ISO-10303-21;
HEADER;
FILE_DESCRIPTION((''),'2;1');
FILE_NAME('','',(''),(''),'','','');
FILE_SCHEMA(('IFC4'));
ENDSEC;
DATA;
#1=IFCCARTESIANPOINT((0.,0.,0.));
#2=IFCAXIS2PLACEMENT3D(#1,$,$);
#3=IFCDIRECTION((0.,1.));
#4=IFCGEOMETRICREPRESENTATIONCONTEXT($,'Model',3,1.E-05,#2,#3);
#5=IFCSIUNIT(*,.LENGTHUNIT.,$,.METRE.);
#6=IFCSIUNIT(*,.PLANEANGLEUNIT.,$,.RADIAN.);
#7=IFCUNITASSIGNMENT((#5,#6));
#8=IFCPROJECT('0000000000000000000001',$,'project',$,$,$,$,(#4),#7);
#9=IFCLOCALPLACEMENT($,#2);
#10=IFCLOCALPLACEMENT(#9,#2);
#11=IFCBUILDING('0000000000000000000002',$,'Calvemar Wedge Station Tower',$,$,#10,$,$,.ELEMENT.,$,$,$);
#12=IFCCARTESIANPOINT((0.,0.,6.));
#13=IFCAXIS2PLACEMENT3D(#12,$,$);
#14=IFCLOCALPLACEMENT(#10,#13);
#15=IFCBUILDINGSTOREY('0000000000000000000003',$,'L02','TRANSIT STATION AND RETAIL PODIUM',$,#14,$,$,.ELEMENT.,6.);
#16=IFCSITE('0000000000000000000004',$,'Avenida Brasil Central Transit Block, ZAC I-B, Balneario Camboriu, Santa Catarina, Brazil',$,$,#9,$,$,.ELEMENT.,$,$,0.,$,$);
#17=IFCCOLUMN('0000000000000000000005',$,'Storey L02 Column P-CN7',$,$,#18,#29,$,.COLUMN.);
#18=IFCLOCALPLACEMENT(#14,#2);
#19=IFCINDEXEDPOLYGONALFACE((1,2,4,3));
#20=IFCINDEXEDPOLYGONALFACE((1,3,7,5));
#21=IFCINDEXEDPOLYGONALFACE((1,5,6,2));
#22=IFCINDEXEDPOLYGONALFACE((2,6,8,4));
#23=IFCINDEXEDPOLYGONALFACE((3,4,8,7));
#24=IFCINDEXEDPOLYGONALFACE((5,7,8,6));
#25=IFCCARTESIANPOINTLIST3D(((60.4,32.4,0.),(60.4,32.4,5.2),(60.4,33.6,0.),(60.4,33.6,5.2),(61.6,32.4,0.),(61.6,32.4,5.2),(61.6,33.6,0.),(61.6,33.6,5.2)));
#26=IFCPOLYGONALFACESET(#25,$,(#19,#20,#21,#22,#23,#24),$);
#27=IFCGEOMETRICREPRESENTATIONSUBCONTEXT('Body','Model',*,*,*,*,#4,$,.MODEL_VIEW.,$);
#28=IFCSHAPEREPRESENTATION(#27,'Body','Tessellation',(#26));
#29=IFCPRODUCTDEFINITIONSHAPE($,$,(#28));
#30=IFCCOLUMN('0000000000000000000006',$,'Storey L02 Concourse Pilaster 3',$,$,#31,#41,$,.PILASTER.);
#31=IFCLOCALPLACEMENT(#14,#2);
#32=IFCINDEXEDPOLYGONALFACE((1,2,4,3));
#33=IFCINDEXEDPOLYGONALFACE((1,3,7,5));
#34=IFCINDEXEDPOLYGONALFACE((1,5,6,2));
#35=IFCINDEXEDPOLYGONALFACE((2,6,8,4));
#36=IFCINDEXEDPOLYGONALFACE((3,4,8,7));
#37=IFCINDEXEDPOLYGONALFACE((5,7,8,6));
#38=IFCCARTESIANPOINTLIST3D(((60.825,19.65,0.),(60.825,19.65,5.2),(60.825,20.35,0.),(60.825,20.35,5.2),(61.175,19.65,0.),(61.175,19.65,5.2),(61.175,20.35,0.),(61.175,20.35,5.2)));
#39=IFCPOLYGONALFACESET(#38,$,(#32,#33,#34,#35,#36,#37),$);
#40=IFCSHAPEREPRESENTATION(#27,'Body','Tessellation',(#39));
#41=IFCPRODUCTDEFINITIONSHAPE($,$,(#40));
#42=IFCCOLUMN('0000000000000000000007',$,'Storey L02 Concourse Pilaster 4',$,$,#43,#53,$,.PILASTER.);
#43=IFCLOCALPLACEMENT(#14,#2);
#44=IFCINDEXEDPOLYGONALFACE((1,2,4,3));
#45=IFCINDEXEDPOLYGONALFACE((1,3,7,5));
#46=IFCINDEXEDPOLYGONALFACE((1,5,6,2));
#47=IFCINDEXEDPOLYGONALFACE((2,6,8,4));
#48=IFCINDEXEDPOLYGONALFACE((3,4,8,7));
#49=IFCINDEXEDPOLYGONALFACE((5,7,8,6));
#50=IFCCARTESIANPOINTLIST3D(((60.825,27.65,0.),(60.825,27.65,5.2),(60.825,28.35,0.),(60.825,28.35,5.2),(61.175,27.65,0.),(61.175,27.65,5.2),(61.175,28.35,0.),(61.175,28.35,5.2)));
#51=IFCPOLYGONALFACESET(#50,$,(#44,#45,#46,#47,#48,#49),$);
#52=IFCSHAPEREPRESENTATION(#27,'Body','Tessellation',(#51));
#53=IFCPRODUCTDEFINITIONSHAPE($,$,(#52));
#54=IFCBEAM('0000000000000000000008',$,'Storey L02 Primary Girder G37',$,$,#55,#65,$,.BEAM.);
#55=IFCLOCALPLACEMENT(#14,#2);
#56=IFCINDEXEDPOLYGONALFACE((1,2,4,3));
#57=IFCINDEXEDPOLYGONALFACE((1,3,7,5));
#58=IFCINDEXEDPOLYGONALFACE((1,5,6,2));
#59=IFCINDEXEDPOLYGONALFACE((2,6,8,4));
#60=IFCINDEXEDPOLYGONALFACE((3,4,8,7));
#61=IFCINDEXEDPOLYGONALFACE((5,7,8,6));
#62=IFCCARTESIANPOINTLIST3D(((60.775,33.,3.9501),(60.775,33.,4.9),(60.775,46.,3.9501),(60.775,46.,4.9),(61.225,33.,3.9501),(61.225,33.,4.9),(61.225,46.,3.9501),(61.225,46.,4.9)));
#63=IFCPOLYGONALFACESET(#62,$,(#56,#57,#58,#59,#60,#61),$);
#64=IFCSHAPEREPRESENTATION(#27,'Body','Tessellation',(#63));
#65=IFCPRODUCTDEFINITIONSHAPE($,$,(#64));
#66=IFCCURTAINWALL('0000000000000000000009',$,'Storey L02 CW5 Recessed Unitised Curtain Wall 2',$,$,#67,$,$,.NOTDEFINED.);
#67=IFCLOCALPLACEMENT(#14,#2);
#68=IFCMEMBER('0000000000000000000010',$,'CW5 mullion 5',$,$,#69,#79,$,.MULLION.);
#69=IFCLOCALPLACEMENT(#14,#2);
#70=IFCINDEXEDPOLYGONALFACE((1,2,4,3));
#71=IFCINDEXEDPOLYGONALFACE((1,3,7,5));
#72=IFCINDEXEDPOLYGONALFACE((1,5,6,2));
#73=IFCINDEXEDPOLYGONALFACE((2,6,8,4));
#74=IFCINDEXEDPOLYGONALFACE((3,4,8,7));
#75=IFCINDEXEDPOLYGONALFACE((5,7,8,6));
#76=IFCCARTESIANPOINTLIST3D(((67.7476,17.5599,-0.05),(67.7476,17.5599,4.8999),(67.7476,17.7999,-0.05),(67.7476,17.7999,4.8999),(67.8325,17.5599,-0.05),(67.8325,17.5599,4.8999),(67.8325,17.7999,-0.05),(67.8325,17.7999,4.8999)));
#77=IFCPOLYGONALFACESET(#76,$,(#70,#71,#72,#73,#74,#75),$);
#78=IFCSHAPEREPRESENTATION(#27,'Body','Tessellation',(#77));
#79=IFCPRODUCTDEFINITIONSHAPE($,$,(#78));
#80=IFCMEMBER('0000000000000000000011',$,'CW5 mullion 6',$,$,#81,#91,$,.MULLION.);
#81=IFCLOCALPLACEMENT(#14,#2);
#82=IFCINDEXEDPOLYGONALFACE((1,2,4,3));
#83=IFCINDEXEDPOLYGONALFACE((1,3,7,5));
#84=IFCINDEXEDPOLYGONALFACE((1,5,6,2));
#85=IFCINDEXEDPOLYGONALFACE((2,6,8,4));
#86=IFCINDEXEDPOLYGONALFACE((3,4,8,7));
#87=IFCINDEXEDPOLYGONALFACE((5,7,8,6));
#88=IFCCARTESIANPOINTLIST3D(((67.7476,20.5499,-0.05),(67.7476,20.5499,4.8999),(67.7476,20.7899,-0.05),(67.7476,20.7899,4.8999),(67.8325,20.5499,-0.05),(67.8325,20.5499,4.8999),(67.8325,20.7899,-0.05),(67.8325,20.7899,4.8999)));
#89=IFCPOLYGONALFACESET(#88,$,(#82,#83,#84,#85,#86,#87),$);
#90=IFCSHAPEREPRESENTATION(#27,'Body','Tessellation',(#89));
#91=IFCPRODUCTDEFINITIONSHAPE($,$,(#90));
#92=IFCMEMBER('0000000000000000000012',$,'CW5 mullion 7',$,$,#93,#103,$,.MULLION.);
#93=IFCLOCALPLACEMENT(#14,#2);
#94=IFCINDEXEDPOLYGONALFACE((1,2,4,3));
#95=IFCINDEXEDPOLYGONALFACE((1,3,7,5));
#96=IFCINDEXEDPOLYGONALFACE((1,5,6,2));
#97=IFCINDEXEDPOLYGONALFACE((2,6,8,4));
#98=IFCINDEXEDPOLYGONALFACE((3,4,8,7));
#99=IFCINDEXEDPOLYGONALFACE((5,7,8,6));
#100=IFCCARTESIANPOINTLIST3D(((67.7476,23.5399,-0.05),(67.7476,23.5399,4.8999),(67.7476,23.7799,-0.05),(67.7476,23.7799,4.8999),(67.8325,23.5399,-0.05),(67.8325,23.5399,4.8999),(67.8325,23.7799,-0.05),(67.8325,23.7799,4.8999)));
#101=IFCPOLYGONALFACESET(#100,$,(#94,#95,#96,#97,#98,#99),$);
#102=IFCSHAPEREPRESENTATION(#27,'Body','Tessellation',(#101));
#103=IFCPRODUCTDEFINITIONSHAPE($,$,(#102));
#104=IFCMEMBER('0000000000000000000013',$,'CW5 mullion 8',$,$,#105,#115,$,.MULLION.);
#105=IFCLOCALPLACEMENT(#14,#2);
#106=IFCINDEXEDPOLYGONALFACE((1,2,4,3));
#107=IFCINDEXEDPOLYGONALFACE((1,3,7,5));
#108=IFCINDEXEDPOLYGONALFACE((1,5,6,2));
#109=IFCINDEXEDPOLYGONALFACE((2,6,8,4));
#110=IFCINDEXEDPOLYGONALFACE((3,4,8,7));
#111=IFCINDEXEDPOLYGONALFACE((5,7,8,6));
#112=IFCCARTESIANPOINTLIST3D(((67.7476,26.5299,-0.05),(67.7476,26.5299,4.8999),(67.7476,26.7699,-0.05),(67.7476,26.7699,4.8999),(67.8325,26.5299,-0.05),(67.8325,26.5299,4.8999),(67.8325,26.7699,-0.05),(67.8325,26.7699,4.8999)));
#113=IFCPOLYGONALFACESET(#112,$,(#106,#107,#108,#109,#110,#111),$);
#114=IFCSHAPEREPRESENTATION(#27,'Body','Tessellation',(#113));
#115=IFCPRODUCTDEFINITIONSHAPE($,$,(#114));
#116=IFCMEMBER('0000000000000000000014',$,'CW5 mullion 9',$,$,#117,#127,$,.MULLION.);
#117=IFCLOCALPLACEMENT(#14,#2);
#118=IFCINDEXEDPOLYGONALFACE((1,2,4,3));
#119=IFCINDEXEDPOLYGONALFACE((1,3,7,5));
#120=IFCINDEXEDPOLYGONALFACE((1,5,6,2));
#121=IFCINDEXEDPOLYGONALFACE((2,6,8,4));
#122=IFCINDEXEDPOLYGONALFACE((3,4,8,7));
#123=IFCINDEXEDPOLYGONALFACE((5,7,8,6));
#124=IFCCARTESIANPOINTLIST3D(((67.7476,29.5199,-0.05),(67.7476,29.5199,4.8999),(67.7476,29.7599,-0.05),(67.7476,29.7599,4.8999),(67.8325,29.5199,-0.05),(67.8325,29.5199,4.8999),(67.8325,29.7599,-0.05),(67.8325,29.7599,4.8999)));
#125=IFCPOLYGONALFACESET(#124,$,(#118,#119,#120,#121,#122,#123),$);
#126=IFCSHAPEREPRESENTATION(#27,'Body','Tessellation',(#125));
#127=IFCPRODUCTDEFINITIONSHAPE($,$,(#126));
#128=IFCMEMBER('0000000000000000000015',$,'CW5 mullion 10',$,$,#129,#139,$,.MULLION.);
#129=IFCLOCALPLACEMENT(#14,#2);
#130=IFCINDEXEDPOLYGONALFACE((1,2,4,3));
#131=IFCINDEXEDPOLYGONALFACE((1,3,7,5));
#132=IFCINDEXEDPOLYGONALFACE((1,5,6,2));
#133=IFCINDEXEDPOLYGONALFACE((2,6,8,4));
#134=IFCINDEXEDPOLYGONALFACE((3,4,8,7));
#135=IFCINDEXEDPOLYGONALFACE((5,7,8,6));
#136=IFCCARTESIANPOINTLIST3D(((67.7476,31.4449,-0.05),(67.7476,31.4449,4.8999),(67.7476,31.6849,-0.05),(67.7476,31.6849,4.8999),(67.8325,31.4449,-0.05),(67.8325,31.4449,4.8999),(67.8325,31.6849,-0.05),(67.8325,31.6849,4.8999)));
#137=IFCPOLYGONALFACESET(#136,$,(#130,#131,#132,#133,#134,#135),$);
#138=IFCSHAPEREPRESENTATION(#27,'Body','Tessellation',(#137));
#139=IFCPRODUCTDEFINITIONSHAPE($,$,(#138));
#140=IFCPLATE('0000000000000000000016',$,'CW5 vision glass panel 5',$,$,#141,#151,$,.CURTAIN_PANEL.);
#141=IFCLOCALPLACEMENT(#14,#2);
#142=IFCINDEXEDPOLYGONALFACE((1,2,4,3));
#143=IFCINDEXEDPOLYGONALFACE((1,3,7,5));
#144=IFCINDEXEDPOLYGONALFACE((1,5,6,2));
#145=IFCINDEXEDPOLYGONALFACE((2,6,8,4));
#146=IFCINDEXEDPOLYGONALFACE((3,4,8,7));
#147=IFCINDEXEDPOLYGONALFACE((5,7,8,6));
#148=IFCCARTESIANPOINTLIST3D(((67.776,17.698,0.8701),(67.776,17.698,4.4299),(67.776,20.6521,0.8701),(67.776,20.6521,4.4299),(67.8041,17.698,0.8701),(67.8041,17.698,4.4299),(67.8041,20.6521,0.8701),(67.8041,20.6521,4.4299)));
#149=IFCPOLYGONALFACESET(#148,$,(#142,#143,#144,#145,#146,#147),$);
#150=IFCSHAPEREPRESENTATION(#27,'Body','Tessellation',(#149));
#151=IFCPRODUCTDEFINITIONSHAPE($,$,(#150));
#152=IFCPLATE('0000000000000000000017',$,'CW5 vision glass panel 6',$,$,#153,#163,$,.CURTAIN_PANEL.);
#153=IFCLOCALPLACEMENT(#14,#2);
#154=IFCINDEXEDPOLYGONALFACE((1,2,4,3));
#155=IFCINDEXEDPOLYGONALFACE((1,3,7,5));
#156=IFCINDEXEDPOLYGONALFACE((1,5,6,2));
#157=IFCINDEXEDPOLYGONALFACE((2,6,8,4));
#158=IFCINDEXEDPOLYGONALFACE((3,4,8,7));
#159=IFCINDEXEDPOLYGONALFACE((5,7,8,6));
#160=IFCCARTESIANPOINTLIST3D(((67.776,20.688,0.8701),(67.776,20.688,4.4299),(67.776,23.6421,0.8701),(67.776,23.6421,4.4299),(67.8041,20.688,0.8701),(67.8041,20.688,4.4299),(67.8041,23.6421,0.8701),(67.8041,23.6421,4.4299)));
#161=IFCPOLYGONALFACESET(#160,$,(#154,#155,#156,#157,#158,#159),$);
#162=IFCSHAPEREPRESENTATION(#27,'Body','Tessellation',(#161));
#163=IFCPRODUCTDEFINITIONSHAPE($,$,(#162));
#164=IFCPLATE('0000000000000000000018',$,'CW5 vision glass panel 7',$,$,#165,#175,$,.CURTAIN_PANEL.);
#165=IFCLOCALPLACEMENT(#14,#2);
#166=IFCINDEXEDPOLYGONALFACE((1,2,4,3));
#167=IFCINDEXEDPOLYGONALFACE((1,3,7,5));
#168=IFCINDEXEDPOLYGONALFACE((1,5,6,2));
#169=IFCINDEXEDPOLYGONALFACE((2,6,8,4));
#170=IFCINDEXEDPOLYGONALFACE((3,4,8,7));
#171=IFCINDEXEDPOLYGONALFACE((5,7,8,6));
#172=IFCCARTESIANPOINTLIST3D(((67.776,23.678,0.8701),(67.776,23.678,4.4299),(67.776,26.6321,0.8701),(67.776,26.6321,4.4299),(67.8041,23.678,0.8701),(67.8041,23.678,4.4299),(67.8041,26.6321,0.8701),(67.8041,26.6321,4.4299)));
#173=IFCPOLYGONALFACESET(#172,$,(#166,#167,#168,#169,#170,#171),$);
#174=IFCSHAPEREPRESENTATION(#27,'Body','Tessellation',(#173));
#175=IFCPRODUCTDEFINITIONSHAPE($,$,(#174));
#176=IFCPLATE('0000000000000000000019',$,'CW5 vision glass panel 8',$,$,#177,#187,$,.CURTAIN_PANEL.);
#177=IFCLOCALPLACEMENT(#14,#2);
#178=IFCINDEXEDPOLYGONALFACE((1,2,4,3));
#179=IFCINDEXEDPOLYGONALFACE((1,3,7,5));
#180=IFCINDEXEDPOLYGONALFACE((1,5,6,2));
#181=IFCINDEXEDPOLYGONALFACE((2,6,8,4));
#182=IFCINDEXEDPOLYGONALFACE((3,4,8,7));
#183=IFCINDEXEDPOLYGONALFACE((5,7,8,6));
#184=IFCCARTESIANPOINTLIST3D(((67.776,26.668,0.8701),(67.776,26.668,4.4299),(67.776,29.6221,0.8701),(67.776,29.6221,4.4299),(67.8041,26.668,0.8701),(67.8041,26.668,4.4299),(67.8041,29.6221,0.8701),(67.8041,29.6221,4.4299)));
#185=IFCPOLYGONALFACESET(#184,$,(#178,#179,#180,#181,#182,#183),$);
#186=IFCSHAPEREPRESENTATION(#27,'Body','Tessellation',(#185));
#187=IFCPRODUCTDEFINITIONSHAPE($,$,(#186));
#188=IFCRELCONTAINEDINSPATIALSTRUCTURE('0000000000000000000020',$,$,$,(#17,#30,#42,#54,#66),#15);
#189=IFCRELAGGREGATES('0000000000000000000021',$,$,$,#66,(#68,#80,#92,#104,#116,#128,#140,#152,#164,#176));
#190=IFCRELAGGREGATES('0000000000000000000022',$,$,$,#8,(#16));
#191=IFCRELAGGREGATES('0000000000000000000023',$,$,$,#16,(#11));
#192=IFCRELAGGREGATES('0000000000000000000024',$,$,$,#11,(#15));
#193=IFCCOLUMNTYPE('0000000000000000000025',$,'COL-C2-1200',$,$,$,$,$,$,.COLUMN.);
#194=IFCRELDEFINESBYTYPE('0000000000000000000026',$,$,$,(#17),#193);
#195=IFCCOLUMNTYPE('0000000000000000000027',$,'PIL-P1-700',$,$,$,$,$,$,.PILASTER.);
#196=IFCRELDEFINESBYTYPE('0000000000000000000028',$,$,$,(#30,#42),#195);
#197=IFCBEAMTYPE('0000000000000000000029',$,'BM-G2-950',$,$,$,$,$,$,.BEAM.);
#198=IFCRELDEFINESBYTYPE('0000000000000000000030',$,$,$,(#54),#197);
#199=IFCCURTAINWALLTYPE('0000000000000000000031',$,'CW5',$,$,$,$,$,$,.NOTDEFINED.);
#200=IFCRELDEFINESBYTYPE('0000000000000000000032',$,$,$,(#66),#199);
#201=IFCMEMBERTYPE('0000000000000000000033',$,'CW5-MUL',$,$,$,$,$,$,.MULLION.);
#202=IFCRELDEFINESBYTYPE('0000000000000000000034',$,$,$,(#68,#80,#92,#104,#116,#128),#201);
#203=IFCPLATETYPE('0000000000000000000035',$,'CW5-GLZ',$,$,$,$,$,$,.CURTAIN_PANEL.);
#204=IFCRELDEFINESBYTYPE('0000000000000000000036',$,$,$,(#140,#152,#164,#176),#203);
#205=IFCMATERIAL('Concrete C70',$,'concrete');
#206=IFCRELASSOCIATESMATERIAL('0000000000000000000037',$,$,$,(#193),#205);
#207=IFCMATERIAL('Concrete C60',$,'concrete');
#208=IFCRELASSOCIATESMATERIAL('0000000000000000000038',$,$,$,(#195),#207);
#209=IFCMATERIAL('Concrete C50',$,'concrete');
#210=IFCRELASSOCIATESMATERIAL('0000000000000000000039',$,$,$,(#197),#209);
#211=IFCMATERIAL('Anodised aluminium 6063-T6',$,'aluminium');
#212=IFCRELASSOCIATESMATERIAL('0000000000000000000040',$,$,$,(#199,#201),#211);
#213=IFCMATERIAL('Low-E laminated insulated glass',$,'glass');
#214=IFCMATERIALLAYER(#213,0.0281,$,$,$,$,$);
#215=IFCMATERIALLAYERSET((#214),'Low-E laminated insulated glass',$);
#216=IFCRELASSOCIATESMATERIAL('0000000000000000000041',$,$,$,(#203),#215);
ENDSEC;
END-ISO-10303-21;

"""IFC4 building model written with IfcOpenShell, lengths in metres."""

from ifc_helpers import new_model, si_unit, direction, frame, frame_2d, origin, origin_2d, place, context, subcontext, project, spatial, rectangle, extrude, source, transform, mapped, material, layer, layer_set, material_profile, profile_set, type_object, element, aggregate, save


model = new_model("IFC4")

# Units and contexts
model_context = context("Model", 3, precision=1e-05, world=origin(), true_north=direction((0.0, 1.0)))
body_context = subcontext(model_context, "Body", "Model", "MODEL_VIEW")
ifc_project = project(units=[si_unit("LENGTHUNIT", "METRE"), si_unit("PLANEANGLEUNIT", "RADIAN")], contexts=[model_context])

# Site, building, storey
site_placement = place(None, origin())
site = spatial("IfcSite", under=ifc_project, at=site_placement, Name="Avenida Brasil Central Transit Block, ZAC I-B, Balneario Camboriu, Santa Catarina, Brazil", CompositionType="ELEMENT", RefElevation=0.0)
building_placement = place(site_placement, origin())
building = spatial("IfcBuilding", under=site, at=building_placement, Name="Calvemar Wedge Station Tower", CompositionType="ELEMENT")
storey_placement = place(building_placement, frame((0.0, 0.0, 6.0)))
storey = spatial("IfcBuildingStorey", under=building, at=storey_placement, Name="L02", Description="TRANSIT STATION AND RETAIL PODIUM", CompositionType="ELEMENT", Elevation=6.0)

# Columns
ifc_material_1 = material(Name="Concrete C70", Category="concrete")
ifc_material_profile_1 = material_profile(ifc_material_1, rectangle(XDim=1.2, YDim=1.2, at=origin_2d()), Name="RC1200x1200")
ifc_profile_set_1 = profile_set([ifc_material_profile_1], Name="Concrete C70")
column_type_1 = type_object("IfcColumnType", Name="COL-C2-1200", PredefinedType="COLUMN", material=ifc_profile_set_1)
shared_shape_1 = source(origin(), body_context, "Body", "SweptSolid", [
    extrude(rectangle(XDim=1.2, YDim=1.2, at=origin_2d()), origin(), (0.0, 0.0, 1.0), 5.2),
])
column_placement = place(storey_placement, frame((61.0, 33.0, 0.0), z_axis=(0.0, 0.0, 1.0), x_axis=(1.0, 0.0, 0.0)))
element("IfcColumn", 1, at=column_placement, inside=storey, type_object=column_type_1, Name="Storey L02 Column P-CN7", PredefinedType="COLUMN", context=body_context, shape_type="MappedRepresentation", body=[
    mapped(shared_shape_1, transform((0.0, 0.0, 0.0), scale=1.0)),
])
ifc_material_2 = material(Name="Concrete C60", Category="concrete")
ifc_material_profile_2 = material_profile(ifc_material_2, rectangle(XDim=0.3501, YDim=0.7, at=origin_2d()), Name="RC350x700")
ifc_profile_set_2 = profile_set([ifc_material_profile_2], Name="Concrete C60")
column_type_2 = type_object("IfcColumnType", Name="PIL-P1-700", PredefinedType="PILASTER", material=ifc_profile_set_2)
shared_shape_2 = source(origin(), body_context, "Body", "SweptSolid", [
    extrude(rectangle(XDim=0.3501, YDim=0.7, at=origin_2d()), origin(), (0.0, 0.0, 1.0), 5.2),
])
for number, where, z_axis, x_axis, name in (
    (2, (61.0, 20.0, 0.0), (0.0, 0.0, 1.0), (1.0, 0.0, 0.0), "Storey L02 Concourse Pilaster 3"),
    (3, (61.0, 28.0, 0.0), (0.0, 0.0, 1.0), (1.0, 0.0, 0.0), "Storey L02 Concourse Pilaster 4"),
):
    element("IfcColumn", number, at=place(storey_placement, frame(where, z_axis=z_axis, x_axis=x_axis)), inside=storey, type_object=column_type_2, Name=name, PredefinedType="PILASTER", context=body_context, shape_type="MappedRepresentation", body=[
        mapped(shared_shape_2, transform((0.0, 0.0, 0.0), scale=1.0)),
    ])

# Beam
ifc_material_3 = material(Name="Concrete C50", Category="concrete")
ifc_material_profile_3 = material_profile(ifc_material_3, rectangle(XDim=0.45, YDim=0.95, at=origin_2d()), Name="RC450x950")
ifc_profile_set_3 = profile_set([ifc_material_profile_3], Name="Concrete C50")
beam_type = type_object("IfcBeamType", Name="BM-G2-950", PredefinedType="BEAM", material=ifc_profile_set_3)
shared_shape_3 = source(origin(), body_context, "Body", "SweptSolid", [
    extrude(rectangle(XDim=0.45, YDim=0.95, at=origin_2d()), origin(), (0.0, 0.0, 1.0), 13.0),
])
beam_placement = place(storey_placement, frame((61.0, 33.0, 4.425), z_axis=(0.0, 1.0, 0.0), x_axis=(-1.0, 0.0, 0.0)))
element("IfcBeam", 4, at=beam_placement, inside=storey, type_object=beam_type, Name="Storey L02 Primary Girder G37", PredefinedType="BEAM", context=body_context, shape_type="MappedRepresentation", body=[
    mapped(shared_shape_3, transform((0.0, 0.0, 0.0), scale=1.0)),
])

# Curtain wall, members, plates
ifc_material_4 = material(Name="Anodised aluminium 6063-T6", Category="aluminium")
curtain_wall_type = type_object("IfcCurtainWallType", Name="CW5", PredefinedType="NOTDEFINED", material=ifc_material_4)
curtain_wall_placement = place(storey_placement, origin())
curtain_wall = element("IfcCurtainWall", 5, at=curtain_wall_placement, inside=storey, type_object=curtain_wall_type, Name="Storey L02 CW5 Recessed Unitised Curtain Wall 2", PredefinedType="NOTDEFINED")
ifc_material_profile_4 = material_profile(ifc_material_4, rectangle(XDim=0.085, YDim=0.24, at=origin_2d()), Name="AL-MUL-85x240")
ifc_profile_set_4 = profile_set([ifc_material_profile_4], Name="Anodised aluminium 6063-T6")
member_type = type_object("IfcMemberType", Name="CW5-MUL", PredefinedType="MULLION", material=ifc_profile_set_4)
shared_shape_4 = source(origin(), body_context, "Body", "SweptSolid", [
    extrude(rectangle(XDim=0.085, YDim=0.24, at=origin_2d()), origin(), (0.0, 0.0, 1.0), 4.95),
])
member_1_placement = place(storey_placement, frame((67.79, 17.6799, -0.05), z_axis=(0.0, 0.0, 1.0), x_axis=(1.0, 0.0, 0.0)))
member_1 = element("IfcMember", 6, at=member_1_placement, type_object=member_type, Name="CW5 mullion 5", PredefinedType="MULLION", context=body_context, shape_type="MappedRepresentation", body=[
    mapped(shared_shape_4, transform((0.0, 0.0, 0.0), scale=1.0)),
])
member_2_placement = place(storey_placement, frame((67.79, 20.6699, -0.05), z_axis=(0.0, 0.0, 1.0), x_axis=(1.0, 0.0, 0.0)))
member_2 = element("IfcMember", 7, at=member_2_placement, type_object=member_type, Name="CW5 mullion 6", PredefinedType="MULLION", context=body_context, shape_type="MappedRepresentation", body=[
    mapped(shared_shape_4, transform((0.0, 0.0, 0.0), scale=1.0)),
])
member_3_placement = place(storey_placement, frame((67.79, 23.6599, -0.05), z_axis=(0.0, 0.0, 1.0), x_axis=(1.0, 0.0, 0.0)))
member_3 = element("IfcMember", 8, at=member_3_placement, type_object=member_type, Name="CW5 mullion 7", PredefinedType="MULLION", context=body_context, shape_type="MappedRepresentation", body=[
    mapped(shared_shape_4, transform((0.0, 0.0, 0.0), scale=1.0)),
])
member_4_placement = place(storey_placement, frame((67.79, 26.6499, -0.05), z_axis=(0.0, 0.0, 1.0), x_axis=(1.0, 0.0, 0.0)))
member_4 = element("IfcMember", 9, at=member_4_placement, type_object=member_type, Name="CW5 mullion 8", PredefinedType="MULLION", context=body_context, shape_type="MappedRepresentation", body=[
    mapped(shared_shape_4, transform((0.0, 0.0, 0.0), scale=1.0)),
])
member_5_placement = place(storey_placement, frame((67.79, 29.6399, -0.05), z_axis=(0.0, 0.0, 1.0), x_axis=(1.0, 0.0, 0.0)))
member_5 = element("IfcMember", 10, at=member_5_placement, type_object=member_type, Name="CW5 mullion 9", PredefinedType="MULLION", context=body_context, shape_type="MappedRepresentation", body=[
    mapped(shared_shape_4, transform((0.0, 0.0, 0.0), scale=1.0)),
])
member_6_placement = place(storey_placement, frame((67.79, 31.5649, -0.05), z_axis=(0.0, 0.0, 1.0), x_axis=(1.0, 0.0, 0.0)))
member_6 = element("IfcMember", 11, at=member_6_placement, type_object=member_type, Name="CW5 mullion 10", PredefinedType="MULLION", context=body_context, shape_type="MappedRepresentation", body=[
    mapped(shared_shape_4, transform((0.0, 0.0, 0.0), scale=1.0)),
])
ifc_material_5 = material(Name="Low-E laminated insulated glass", Category="glass")
ifc_layer_1 = layer(ifc_material_5, 0.0281)
ifc_layer_set_1 = layer_set([ifc_layer_1], Name="Low-E laminated insulated glass")
plate_type_1 = type_object("IfcPlateType", Name="CW5-GLZ", PredefinedType="CURTAIN_PANEL", material=ifc_layer_set_1)
plate_1_placement = place(storey_placement, frame((67.79, 17.698, 0.8701), z_axis=(0.0, 0.0, 1.0), x_axis=(0.0, 1.0, 0.0)))
plate_1 = element("IfcPlate", 12, at=plate_1_placement, type_object=plate_type_1, Name="CW5 vision glass panel 5", PredefinedType="CURTAIN_PANEL", context=body_context, shape_type="SweptSolid", body=[
    extrude(rectangle(XDim=2.9541, YDim=0.0281, at=frame_2d((1.4771, 0.0))), origin(), (0.0, 0.0, 1.0), 3.5598),
])
plate_2_placement = place(storey_placement, frame((67.79, 20.688, 0.8701), z_axis=(0.0, 0.0, 1.0), x_axis=(0.0, 1.0, 0.0)))
plate_2 = element("IfcPlate", 13, at=plate_2_placement, type_object=plate_type_1, Name="CW5 vision glass panel 6", PredefinedType="CURTAIN_PANEL", context=body_context, shape_type="SweptSolid", body=[
    extrude(rectangle(XDim=2.9541, YDim=0.0281, at=frame_2d((1.4771, 0.0))), origin(), (0.0, 0.0, 1.0), 3.5598),
])
plate_3_placement = place(storey_placement, frame((67.79, 23.678, 0.8701), z_axis=(0.0, 0.0, 1.0), x_axis=(0.0, 1.0, 0.0)))
plate_3 = element("IfcPlate", 14, at=plate_3_placement, type_object=plate_type_1, Name="CW5 vision glass panel 7", PredefinedType="CURTAIN_PANEL", context=body_context, shape_type="SweptSolid", body=[
    extrude(rectangle(XDim=2.9541, YDim=0.0281, at=frame_2d((1.4771, 0.0))), origin(), (0.0, 0.0, 1.0), 3.5598),
])
plate_4_placement = place(storey_placement, frame((67.79, 26.668, 0.8701), z_axis=(0.0, 0.0, 1.0), x_axis=(0.0, 1.0, 0.0)))
plate_4 = element("IfcPlate", 15, at=plate_4_placement, type_object=plate_type_1, Name="CW5 vision glass panel 8", PredefinedType="CURTAIN_PANEL", context=body_context, shape_type="SweptSolid", body=[
    extrude(rectangle(XDim=2.9541, YDim=0.0281, at=frame_2d((1.4771, 0.0))), origin(), (0.0, 0.0, 1.0), 3.5598),
])
aggregate(curtain_wall, [member_1, member_2, member_3, member_4, member_5, member_6, plate_1, plate_2, plate_3, plate_4])

save(model, "model.ifc")
